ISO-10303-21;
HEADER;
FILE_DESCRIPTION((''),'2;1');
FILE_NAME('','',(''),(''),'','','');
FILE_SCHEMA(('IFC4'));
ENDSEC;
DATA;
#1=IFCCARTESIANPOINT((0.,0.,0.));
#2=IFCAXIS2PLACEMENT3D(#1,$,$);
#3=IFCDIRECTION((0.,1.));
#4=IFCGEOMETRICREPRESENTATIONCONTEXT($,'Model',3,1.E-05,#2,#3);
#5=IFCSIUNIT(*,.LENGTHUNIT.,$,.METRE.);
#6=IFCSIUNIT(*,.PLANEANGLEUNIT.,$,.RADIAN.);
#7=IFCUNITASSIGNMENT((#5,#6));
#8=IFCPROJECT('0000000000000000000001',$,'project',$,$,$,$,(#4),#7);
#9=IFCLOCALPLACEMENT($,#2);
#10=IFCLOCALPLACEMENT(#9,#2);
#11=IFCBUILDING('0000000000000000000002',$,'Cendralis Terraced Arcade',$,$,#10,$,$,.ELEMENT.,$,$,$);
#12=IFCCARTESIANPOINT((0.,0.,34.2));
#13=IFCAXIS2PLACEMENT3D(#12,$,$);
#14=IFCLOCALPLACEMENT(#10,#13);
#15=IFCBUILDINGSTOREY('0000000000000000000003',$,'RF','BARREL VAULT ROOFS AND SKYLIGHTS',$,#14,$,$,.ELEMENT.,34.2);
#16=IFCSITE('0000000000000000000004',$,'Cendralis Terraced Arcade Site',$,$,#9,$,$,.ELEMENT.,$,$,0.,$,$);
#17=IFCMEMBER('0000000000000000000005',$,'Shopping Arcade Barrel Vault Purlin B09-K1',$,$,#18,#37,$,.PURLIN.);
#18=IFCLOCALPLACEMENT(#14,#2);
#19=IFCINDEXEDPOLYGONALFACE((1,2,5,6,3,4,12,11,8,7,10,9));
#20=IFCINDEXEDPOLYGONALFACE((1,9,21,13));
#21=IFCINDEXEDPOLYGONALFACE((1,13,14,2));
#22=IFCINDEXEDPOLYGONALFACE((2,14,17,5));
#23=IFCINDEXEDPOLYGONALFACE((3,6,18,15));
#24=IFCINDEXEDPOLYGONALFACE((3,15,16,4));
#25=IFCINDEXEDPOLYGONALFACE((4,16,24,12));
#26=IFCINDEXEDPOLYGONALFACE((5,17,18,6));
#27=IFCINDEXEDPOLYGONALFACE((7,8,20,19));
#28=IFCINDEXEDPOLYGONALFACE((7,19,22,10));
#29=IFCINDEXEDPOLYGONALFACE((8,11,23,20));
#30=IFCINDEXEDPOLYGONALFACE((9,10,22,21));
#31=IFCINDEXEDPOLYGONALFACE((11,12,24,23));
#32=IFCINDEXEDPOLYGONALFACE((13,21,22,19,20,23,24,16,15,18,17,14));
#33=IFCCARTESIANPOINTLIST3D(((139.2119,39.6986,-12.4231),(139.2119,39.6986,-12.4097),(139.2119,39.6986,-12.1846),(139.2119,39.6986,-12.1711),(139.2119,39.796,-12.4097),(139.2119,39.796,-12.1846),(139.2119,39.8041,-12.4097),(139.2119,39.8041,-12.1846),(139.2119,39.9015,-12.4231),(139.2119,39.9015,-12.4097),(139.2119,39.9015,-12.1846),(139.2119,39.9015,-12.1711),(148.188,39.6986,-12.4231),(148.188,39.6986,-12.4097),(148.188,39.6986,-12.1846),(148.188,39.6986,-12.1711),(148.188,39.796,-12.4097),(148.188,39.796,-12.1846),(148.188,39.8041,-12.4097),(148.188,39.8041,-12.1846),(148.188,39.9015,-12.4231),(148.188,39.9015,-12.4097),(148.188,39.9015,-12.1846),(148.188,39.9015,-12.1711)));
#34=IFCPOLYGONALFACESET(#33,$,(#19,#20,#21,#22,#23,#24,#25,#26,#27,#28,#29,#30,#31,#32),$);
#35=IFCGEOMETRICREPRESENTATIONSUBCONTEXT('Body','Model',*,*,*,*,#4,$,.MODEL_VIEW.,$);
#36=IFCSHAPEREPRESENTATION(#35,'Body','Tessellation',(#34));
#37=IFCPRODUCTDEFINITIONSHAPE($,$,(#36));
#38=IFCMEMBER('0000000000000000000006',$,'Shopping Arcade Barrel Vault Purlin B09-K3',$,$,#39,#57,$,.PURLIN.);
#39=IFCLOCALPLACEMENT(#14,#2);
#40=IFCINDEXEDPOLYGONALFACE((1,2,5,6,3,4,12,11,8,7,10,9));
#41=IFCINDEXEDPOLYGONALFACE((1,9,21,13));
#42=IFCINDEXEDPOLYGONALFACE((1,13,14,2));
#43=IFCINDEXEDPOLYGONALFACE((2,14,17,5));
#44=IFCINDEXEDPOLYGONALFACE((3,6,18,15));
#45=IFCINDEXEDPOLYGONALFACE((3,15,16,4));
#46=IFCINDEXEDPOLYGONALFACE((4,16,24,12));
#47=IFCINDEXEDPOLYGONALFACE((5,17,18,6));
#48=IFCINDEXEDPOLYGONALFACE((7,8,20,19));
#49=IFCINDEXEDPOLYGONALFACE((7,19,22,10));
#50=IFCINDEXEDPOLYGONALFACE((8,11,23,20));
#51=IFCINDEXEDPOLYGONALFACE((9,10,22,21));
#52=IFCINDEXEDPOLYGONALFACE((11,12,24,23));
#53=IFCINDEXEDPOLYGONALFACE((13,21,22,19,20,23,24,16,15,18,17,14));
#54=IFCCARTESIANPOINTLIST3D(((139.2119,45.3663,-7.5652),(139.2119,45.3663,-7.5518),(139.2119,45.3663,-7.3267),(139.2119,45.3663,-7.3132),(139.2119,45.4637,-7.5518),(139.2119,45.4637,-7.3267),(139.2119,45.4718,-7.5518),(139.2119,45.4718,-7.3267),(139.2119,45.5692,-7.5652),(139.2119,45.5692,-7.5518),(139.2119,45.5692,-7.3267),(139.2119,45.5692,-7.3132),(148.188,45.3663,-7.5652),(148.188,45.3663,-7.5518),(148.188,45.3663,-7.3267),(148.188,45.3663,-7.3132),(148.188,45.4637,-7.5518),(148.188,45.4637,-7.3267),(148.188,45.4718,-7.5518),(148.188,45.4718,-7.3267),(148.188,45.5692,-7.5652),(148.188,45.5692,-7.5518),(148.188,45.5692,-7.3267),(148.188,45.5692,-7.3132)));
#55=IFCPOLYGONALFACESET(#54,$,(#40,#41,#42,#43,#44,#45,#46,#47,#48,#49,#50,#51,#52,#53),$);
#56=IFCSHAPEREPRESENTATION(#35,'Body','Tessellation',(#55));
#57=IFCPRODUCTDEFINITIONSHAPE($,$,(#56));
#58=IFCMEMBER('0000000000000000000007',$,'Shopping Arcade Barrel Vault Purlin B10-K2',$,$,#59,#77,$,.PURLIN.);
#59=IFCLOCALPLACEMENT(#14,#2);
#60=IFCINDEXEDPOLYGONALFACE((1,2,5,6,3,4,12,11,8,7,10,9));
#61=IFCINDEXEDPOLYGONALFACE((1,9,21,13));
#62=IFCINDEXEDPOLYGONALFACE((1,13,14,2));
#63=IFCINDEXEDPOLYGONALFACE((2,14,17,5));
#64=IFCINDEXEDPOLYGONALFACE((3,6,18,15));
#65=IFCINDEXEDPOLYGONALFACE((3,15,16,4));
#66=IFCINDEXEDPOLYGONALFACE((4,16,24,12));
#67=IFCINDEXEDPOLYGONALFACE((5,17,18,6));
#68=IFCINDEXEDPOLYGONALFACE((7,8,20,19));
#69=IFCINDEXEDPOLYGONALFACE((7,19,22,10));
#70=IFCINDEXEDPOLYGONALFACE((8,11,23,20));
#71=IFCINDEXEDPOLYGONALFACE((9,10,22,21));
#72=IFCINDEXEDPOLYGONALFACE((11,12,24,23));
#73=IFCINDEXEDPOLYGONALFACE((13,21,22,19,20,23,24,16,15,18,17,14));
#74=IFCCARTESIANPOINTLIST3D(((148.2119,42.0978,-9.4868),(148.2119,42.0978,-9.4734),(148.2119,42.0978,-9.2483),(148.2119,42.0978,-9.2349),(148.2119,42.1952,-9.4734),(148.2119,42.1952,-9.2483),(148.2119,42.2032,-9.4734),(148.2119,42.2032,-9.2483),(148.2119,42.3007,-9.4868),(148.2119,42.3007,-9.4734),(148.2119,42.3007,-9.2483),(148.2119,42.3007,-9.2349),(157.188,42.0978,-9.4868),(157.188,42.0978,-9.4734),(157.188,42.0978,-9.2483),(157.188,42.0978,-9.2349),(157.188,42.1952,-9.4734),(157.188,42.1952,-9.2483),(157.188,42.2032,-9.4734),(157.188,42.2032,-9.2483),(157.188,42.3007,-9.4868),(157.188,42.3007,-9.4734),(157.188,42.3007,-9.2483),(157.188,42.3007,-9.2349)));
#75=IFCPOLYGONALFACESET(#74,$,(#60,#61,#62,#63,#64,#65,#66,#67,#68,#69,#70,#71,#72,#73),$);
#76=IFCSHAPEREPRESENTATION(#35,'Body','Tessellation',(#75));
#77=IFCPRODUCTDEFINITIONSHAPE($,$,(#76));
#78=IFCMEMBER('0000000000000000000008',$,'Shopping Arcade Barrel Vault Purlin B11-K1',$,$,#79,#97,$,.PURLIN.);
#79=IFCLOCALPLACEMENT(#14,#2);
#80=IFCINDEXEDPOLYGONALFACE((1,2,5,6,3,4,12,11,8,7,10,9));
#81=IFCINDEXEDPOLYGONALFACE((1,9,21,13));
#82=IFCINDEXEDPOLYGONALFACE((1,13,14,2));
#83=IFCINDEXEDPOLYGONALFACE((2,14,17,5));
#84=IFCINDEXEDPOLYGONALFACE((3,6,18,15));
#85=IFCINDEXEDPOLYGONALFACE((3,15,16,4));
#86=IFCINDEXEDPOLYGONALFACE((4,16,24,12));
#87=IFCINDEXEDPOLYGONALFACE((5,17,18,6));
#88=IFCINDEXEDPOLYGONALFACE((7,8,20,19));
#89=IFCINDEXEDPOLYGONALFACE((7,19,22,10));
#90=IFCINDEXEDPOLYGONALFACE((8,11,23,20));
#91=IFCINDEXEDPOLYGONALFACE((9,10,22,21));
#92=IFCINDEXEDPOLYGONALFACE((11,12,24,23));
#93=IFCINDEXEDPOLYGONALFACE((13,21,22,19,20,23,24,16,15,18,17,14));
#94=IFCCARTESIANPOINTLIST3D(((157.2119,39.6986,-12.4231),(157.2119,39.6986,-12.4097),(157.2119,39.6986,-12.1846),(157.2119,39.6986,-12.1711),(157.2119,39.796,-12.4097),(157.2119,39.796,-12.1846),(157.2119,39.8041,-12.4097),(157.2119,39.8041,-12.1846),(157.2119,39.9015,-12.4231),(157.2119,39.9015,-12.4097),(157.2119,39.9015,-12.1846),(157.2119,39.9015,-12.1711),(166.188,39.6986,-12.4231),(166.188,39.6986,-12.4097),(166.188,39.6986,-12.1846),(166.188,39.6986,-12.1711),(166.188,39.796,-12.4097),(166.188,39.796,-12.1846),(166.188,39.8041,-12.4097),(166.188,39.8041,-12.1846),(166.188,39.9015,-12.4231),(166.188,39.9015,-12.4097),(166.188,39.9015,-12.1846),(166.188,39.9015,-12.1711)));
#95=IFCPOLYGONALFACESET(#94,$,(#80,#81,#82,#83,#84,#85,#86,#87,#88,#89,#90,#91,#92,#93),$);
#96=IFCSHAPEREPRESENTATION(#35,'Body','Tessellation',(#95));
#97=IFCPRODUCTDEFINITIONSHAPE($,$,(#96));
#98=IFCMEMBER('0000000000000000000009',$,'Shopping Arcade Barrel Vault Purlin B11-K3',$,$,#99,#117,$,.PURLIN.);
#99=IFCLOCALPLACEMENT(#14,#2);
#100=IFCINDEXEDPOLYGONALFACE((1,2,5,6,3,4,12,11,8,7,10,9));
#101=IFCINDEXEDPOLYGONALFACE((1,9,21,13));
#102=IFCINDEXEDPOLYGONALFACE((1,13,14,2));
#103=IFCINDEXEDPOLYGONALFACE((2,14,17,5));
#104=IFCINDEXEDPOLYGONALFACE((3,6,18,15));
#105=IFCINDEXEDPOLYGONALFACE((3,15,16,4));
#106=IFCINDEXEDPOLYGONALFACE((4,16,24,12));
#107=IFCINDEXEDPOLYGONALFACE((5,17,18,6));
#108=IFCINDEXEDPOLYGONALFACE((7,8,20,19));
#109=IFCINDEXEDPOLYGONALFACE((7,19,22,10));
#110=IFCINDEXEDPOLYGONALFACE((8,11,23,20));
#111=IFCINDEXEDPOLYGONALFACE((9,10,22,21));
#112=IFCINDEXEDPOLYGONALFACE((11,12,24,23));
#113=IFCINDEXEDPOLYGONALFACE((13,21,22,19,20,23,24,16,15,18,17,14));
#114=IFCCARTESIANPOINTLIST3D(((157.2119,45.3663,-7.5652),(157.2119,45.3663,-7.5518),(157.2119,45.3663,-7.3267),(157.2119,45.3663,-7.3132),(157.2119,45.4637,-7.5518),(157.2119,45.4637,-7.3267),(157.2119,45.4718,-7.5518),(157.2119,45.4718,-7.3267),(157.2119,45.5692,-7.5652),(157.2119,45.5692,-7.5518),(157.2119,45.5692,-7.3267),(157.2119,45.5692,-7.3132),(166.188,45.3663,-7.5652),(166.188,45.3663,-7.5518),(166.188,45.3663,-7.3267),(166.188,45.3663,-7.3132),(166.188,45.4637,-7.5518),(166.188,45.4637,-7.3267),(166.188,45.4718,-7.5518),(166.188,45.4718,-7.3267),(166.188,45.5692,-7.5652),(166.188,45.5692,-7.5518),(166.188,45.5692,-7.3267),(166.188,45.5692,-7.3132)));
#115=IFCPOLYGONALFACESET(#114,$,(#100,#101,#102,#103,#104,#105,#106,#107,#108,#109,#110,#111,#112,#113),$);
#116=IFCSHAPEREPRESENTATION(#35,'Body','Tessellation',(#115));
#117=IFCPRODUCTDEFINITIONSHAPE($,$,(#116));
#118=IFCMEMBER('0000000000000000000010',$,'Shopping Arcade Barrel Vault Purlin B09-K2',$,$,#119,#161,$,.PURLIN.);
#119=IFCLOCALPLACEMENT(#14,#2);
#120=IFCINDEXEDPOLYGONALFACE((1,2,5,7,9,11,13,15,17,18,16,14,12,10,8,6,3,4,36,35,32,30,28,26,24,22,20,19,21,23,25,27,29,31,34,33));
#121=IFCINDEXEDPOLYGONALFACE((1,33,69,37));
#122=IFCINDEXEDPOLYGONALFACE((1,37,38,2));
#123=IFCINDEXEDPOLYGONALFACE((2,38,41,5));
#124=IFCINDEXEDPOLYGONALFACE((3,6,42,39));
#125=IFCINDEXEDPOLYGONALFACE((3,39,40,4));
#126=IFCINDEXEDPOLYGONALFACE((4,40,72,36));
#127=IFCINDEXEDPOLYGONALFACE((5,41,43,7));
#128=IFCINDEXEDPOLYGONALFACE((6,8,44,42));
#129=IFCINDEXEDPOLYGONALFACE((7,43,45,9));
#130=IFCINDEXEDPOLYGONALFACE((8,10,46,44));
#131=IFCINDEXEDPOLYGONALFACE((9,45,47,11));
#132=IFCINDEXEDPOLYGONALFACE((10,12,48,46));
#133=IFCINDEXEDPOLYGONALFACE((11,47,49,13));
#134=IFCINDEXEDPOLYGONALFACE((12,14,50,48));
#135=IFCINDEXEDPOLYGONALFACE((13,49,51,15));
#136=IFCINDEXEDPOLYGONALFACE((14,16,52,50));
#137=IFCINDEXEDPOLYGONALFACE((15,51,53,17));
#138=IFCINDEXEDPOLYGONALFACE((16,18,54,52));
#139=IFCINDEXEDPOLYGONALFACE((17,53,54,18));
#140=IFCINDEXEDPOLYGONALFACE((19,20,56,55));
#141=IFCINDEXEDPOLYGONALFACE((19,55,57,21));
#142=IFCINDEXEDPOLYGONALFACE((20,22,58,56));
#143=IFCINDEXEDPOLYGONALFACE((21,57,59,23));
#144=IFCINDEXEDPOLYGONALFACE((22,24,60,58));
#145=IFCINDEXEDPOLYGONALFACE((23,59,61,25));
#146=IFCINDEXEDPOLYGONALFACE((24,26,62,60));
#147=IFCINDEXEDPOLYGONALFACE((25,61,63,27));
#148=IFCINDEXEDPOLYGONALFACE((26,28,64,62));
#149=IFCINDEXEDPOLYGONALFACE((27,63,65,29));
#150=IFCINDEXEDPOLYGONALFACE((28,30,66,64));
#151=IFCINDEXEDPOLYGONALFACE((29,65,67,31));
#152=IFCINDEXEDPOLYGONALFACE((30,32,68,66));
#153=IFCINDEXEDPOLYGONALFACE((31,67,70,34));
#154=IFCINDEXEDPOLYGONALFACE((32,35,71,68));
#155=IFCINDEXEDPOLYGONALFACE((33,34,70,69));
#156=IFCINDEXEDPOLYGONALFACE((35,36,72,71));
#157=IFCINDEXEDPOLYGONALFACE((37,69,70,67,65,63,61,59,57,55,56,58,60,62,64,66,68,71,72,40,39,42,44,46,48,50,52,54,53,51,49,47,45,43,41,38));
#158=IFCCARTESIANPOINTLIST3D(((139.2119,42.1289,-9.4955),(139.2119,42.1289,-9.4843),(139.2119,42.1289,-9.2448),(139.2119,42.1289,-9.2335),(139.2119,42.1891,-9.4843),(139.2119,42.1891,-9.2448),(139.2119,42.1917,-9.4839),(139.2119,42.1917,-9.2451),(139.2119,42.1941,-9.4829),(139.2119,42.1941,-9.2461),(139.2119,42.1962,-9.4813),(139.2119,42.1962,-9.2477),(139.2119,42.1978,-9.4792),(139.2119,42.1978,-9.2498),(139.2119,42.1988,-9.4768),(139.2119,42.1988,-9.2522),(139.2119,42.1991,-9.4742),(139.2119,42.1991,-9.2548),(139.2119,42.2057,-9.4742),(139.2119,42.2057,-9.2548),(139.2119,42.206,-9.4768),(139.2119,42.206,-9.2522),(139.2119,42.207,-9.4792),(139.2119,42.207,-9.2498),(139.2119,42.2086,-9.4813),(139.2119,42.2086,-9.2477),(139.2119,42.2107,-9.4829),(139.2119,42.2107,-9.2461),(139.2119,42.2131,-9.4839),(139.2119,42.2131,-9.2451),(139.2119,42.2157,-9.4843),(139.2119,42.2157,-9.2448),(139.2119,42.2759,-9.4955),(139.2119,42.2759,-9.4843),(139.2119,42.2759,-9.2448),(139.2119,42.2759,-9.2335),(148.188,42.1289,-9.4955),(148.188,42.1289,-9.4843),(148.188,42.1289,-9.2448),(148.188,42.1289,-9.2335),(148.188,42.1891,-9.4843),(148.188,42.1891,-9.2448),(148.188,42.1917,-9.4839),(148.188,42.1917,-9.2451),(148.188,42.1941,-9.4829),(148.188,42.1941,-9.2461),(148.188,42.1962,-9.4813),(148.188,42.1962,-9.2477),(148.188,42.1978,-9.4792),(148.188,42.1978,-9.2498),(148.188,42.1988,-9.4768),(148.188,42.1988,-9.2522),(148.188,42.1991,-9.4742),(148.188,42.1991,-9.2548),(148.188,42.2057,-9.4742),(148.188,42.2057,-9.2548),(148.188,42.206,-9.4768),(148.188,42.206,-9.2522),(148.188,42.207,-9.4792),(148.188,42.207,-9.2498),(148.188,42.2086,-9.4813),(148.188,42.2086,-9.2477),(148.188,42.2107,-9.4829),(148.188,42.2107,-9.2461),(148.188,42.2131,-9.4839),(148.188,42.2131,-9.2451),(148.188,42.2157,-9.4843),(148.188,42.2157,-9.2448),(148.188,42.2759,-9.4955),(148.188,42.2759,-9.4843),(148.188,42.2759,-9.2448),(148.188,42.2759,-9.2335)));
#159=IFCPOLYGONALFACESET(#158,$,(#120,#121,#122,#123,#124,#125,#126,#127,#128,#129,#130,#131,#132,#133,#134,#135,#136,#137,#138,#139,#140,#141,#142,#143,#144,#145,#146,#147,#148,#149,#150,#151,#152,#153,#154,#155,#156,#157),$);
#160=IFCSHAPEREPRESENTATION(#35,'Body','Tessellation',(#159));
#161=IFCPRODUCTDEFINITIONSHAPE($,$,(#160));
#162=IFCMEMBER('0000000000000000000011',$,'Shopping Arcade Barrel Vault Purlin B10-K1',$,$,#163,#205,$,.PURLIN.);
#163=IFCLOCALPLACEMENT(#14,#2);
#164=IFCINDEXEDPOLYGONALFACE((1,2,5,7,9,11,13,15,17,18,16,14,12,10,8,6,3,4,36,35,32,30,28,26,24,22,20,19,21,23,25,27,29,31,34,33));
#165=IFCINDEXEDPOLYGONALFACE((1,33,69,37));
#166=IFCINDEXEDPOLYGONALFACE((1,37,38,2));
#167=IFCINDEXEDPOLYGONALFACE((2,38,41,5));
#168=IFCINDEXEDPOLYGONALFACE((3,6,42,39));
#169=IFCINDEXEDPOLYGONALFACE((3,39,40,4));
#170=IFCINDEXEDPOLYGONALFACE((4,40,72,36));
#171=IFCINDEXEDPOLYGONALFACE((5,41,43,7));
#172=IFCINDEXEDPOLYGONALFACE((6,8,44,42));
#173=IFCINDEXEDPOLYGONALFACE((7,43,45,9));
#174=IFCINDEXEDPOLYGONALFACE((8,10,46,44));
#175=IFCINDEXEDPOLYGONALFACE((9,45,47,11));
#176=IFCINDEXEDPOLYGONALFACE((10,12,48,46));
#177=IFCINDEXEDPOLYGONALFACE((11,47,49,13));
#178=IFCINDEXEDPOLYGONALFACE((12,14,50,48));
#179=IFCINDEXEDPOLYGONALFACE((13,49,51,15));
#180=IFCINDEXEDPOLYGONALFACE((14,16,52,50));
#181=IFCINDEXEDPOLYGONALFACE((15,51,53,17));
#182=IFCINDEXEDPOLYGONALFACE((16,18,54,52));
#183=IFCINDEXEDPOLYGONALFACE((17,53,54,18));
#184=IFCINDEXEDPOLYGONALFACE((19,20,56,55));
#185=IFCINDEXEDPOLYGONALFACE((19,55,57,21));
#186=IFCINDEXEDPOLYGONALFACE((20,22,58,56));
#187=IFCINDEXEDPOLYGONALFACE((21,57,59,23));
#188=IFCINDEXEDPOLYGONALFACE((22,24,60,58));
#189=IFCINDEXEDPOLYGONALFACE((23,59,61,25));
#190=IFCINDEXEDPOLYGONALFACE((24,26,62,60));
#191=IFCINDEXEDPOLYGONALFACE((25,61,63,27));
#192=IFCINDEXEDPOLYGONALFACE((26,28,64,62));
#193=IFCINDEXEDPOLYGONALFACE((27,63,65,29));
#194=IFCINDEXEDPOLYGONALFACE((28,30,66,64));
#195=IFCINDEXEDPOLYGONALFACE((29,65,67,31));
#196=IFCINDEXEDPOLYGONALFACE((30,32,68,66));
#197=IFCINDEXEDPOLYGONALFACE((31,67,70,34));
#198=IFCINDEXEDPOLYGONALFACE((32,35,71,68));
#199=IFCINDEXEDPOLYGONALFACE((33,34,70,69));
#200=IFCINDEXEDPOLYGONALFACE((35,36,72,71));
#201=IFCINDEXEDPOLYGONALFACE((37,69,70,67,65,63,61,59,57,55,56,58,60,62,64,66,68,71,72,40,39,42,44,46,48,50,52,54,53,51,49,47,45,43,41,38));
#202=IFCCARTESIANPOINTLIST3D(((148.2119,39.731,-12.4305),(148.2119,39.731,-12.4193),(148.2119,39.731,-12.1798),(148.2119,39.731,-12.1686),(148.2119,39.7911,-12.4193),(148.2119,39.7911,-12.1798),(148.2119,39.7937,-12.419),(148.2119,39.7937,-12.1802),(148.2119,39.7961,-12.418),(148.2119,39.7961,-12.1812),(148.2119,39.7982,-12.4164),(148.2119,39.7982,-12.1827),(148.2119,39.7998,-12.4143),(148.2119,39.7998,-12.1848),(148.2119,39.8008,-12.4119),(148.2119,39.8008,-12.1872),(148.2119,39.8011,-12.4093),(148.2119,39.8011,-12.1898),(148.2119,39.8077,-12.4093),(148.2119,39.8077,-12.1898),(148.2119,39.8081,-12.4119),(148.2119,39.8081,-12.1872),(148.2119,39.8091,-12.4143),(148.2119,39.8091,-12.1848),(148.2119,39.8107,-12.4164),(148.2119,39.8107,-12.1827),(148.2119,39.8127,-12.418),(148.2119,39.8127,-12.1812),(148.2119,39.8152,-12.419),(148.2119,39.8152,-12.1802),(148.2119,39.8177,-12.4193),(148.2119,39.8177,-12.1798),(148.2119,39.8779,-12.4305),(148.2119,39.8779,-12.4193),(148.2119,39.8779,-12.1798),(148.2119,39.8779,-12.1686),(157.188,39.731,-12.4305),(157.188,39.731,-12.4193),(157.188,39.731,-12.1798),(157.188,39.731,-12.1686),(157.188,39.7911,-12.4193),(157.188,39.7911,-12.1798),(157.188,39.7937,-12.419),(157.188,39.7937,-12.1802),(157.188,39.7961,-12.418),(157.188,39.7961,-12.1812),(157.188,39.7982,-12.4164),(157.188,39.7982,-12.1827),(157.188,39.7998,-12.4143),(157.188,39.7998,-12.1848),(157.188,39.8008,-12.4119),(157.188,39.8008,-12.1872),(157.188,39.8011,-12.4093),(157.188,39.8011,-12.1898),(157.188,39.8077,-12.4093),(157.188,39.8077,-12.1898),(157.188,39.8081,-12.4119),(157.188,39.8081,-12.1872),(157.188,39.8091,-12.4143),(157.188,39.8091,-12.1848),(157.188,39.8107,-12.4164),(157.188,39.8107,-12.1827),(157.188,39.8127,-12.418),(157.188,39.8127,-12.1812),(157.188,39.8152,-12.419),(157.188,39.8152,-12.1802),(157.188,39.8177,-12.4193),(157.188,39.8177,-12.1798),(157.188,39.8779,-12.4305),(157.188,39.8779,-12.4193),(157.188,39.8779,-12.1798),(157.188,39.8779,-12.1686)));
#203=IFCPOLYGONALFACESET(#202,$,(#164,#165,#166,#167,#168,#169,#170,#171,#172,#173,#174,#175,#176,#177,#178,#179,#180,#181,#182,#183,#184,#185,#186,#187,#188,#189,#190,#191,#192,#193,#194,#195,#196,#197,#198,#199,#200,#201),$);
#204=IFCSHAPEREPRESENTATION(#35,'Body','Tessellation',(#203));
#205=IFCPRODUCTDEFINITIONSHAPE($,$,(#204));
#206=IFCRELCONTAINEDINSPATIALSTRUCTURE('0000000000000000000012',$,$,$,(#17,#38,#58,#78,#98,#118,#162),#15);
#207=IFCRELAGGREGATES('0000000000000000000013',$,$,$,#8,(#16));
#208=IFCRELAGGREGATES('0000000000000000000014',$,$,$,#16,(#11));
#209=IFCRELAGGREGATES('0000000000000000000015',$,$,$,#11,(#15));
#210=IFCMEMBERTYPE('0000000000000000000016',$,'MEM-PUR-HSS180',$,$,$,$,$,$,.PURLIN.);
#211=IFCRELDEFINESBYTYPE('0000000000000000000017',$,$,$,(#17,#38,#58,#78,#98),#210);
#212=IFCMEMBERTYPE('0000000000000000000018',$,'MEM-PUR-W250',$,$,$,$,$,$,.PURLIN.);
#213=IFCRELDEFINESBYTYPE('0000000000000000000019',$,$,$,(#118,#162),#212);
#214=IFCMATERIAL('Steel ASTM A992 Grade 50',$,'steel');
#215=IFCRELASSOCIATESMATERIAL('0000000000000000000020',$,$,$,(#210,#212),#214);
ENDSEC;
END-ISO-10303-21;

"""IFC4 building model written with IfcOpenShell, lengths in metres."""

from ifc_helpers import new_model, si_unit, direction, frame, origin, origin_2d, place, context, subcontext, project, spatial, i_section, extrude, material, material_profile, profile_set, type_object, element, save


model = new_model("IFC4")

# Units and contexts
model_context = context("Model", 3, precision=1e-05, world=origin(), true_north=direction((0.0, 1.0)))
body_context = subcontext(model_context, "Body", "Model", "MODEL_VIEW")
ifc_project = project(units=[si_unit("LENGTHUNIT", "METRE"), si_unit("PLANEANGLEUNIT", "RADIAN")], contexts=[model_context])

# Site, building, storey
site_placement = place(None, origin())
site = spatial("IfcSite", under=ifc_project, at=site_placement, Name="Cendralis Terraced Arcade Site", CompositionType="ELEMENT", RefElevation=0.0)
building_placement = place(site_placement, origin())
building = spatial("IfcBuilding", under=site, at=building_placement, Name="Cendralis Terraced Arcade", CompositionType="ELEMENT")
storey_placement = place(building_placement, frame((0.0, 0.0, 34.2)))
storey = spatial("IfcBuildingStorey", under=building, at=storey_placement, Name="RF", Description="BARREL VAULT ROOFS AND SKYLIGHTS", CompositionType="ELEMENT", Elevation=34.2)

# Members
ifc_material_1 = material(Name="Steel ASTM A992 Grade 50", Category="steel")
ifc_material_profile_1 = material_profile(ifc_material_1, i_section(OverallWidth=0.2029, OverallDepth=0.252, WebThickness=0.0081, FlangeThickness=0.0134, at=origin_2d()), Name="W250X58", Category="LoadBearing")
ifc_profile_set_1 = profile_set([ifc_material_profile_1], Name="Steel ASTM A992 Grade 50")
member_type_1 = type_object("IfcMemberType", Name="MEM-PUR-HSS180", PredefinedType="PURLIN", material=ifc_profile_set_1)
for number, where, z_axis, x_axis, name in (
    (1, (139.2119, 39.8, -12.2971), (1.0, 0.0, 0.0), (0.0, 1.0, 0.0), "Shopping Arcade Barrel Vault Purlin B09-K1"),
    (2, (139.2119, 45.4678, -7.4392), (1.0, 0.0, 0.0), (0.0, 1.0, 0.0), "Shopping Arcade Barrel Vault Purlin B09-K3"),
    (3, (148.2119, 42.1992, -9.3608), (1.0, 0.0, 0.0), (0.0, 1.0, 0.0), "Shopping Arcade Barrel Vault Purlin B10-K2"),
    (4, (157.2119, 39.8, -12.2971), (1.0, 0.0, 0.0), (0.0, 1.0, 0.0), "Shopping Arcade Barrel Vault Purlin B11-K1"),
    (5, (157.2119, 45.4678, -7.4392), (1.0, 0.0, 0.0), (0.0, 1.0, 0.0), "Shopping Arcade Barrel Vault Purlin B11-K3"),
):
    element("IfcMember", number, at=place(storey_placement, frame(where, z_axis=z_axis, x_axis=x_axis)), inside=storey, type_object=member_type_1, Name=name, PredefinedType="PURLIN", context=body_context, shape_type="SweptSolid", body=[
        extrude(i_section(OverallWidth=0.2029, OverallDepth=0.252, WebThickness=0.0081, FlangeThickness=0.0134, at=origin_2d()), origin(), (0.0, 0.0, 1.0), 8.9761),
    ])
ifc_material_profile_2 = material_profile(ifc_material_1, i_section(OverallWidth=0.147, OverallDepth=0.262, WebThickness=0.0066, FlangeThickness=0.0112, FilletRadius=0.01, at=origin_2d()), Name="W250X38.5", Category="LoadBearing")
ifc_profile_set_2 = profile_set([ifc_material_profile_2], Name="Steel ASTM A992 Grade 50")
member_type_2 = type_object("IfcMemberType", Name="MEM-PUR-W250", PredefinedType="PURLIN", material=ifc_profile_set_2)
for number, where, z_axis, x_axis, name in (
    (6, (139.2119, 42.2024, -9.3645), (1.0, 0.0, 0.0), (0.0, 1.0, 0.0), "Shopping Arcade Barrel Vault Purlin B09-K2"),
    (7, (148.2119, 39.8044, -12.2996), (1.0, 0.0, 0.0), (0.0, 1.0, 0.0), "Shopping Arcade Barrel Vault Purlin B10-K1"),
):
    element("IfcMember", number, at=place(storey_placement, frame(where, z_axis=z_axis, x_axis=x_axis)), inside=storey, type_object=member_type_2, Name=name, PredefinedType="PURLIN", context=body_context, shape_type="SweptSolid", body=[
        extrude(i_section(OverallWidth=0.147, OverallDepth=0.262, WebThickness=0.0066, FlangeThickness=0.0112, FilletRadius=0.01, at=origin_2d()), origin(), (0.0, 0.0, 1.0), 8.9761),
    ])

save(model, "model.ifc")
